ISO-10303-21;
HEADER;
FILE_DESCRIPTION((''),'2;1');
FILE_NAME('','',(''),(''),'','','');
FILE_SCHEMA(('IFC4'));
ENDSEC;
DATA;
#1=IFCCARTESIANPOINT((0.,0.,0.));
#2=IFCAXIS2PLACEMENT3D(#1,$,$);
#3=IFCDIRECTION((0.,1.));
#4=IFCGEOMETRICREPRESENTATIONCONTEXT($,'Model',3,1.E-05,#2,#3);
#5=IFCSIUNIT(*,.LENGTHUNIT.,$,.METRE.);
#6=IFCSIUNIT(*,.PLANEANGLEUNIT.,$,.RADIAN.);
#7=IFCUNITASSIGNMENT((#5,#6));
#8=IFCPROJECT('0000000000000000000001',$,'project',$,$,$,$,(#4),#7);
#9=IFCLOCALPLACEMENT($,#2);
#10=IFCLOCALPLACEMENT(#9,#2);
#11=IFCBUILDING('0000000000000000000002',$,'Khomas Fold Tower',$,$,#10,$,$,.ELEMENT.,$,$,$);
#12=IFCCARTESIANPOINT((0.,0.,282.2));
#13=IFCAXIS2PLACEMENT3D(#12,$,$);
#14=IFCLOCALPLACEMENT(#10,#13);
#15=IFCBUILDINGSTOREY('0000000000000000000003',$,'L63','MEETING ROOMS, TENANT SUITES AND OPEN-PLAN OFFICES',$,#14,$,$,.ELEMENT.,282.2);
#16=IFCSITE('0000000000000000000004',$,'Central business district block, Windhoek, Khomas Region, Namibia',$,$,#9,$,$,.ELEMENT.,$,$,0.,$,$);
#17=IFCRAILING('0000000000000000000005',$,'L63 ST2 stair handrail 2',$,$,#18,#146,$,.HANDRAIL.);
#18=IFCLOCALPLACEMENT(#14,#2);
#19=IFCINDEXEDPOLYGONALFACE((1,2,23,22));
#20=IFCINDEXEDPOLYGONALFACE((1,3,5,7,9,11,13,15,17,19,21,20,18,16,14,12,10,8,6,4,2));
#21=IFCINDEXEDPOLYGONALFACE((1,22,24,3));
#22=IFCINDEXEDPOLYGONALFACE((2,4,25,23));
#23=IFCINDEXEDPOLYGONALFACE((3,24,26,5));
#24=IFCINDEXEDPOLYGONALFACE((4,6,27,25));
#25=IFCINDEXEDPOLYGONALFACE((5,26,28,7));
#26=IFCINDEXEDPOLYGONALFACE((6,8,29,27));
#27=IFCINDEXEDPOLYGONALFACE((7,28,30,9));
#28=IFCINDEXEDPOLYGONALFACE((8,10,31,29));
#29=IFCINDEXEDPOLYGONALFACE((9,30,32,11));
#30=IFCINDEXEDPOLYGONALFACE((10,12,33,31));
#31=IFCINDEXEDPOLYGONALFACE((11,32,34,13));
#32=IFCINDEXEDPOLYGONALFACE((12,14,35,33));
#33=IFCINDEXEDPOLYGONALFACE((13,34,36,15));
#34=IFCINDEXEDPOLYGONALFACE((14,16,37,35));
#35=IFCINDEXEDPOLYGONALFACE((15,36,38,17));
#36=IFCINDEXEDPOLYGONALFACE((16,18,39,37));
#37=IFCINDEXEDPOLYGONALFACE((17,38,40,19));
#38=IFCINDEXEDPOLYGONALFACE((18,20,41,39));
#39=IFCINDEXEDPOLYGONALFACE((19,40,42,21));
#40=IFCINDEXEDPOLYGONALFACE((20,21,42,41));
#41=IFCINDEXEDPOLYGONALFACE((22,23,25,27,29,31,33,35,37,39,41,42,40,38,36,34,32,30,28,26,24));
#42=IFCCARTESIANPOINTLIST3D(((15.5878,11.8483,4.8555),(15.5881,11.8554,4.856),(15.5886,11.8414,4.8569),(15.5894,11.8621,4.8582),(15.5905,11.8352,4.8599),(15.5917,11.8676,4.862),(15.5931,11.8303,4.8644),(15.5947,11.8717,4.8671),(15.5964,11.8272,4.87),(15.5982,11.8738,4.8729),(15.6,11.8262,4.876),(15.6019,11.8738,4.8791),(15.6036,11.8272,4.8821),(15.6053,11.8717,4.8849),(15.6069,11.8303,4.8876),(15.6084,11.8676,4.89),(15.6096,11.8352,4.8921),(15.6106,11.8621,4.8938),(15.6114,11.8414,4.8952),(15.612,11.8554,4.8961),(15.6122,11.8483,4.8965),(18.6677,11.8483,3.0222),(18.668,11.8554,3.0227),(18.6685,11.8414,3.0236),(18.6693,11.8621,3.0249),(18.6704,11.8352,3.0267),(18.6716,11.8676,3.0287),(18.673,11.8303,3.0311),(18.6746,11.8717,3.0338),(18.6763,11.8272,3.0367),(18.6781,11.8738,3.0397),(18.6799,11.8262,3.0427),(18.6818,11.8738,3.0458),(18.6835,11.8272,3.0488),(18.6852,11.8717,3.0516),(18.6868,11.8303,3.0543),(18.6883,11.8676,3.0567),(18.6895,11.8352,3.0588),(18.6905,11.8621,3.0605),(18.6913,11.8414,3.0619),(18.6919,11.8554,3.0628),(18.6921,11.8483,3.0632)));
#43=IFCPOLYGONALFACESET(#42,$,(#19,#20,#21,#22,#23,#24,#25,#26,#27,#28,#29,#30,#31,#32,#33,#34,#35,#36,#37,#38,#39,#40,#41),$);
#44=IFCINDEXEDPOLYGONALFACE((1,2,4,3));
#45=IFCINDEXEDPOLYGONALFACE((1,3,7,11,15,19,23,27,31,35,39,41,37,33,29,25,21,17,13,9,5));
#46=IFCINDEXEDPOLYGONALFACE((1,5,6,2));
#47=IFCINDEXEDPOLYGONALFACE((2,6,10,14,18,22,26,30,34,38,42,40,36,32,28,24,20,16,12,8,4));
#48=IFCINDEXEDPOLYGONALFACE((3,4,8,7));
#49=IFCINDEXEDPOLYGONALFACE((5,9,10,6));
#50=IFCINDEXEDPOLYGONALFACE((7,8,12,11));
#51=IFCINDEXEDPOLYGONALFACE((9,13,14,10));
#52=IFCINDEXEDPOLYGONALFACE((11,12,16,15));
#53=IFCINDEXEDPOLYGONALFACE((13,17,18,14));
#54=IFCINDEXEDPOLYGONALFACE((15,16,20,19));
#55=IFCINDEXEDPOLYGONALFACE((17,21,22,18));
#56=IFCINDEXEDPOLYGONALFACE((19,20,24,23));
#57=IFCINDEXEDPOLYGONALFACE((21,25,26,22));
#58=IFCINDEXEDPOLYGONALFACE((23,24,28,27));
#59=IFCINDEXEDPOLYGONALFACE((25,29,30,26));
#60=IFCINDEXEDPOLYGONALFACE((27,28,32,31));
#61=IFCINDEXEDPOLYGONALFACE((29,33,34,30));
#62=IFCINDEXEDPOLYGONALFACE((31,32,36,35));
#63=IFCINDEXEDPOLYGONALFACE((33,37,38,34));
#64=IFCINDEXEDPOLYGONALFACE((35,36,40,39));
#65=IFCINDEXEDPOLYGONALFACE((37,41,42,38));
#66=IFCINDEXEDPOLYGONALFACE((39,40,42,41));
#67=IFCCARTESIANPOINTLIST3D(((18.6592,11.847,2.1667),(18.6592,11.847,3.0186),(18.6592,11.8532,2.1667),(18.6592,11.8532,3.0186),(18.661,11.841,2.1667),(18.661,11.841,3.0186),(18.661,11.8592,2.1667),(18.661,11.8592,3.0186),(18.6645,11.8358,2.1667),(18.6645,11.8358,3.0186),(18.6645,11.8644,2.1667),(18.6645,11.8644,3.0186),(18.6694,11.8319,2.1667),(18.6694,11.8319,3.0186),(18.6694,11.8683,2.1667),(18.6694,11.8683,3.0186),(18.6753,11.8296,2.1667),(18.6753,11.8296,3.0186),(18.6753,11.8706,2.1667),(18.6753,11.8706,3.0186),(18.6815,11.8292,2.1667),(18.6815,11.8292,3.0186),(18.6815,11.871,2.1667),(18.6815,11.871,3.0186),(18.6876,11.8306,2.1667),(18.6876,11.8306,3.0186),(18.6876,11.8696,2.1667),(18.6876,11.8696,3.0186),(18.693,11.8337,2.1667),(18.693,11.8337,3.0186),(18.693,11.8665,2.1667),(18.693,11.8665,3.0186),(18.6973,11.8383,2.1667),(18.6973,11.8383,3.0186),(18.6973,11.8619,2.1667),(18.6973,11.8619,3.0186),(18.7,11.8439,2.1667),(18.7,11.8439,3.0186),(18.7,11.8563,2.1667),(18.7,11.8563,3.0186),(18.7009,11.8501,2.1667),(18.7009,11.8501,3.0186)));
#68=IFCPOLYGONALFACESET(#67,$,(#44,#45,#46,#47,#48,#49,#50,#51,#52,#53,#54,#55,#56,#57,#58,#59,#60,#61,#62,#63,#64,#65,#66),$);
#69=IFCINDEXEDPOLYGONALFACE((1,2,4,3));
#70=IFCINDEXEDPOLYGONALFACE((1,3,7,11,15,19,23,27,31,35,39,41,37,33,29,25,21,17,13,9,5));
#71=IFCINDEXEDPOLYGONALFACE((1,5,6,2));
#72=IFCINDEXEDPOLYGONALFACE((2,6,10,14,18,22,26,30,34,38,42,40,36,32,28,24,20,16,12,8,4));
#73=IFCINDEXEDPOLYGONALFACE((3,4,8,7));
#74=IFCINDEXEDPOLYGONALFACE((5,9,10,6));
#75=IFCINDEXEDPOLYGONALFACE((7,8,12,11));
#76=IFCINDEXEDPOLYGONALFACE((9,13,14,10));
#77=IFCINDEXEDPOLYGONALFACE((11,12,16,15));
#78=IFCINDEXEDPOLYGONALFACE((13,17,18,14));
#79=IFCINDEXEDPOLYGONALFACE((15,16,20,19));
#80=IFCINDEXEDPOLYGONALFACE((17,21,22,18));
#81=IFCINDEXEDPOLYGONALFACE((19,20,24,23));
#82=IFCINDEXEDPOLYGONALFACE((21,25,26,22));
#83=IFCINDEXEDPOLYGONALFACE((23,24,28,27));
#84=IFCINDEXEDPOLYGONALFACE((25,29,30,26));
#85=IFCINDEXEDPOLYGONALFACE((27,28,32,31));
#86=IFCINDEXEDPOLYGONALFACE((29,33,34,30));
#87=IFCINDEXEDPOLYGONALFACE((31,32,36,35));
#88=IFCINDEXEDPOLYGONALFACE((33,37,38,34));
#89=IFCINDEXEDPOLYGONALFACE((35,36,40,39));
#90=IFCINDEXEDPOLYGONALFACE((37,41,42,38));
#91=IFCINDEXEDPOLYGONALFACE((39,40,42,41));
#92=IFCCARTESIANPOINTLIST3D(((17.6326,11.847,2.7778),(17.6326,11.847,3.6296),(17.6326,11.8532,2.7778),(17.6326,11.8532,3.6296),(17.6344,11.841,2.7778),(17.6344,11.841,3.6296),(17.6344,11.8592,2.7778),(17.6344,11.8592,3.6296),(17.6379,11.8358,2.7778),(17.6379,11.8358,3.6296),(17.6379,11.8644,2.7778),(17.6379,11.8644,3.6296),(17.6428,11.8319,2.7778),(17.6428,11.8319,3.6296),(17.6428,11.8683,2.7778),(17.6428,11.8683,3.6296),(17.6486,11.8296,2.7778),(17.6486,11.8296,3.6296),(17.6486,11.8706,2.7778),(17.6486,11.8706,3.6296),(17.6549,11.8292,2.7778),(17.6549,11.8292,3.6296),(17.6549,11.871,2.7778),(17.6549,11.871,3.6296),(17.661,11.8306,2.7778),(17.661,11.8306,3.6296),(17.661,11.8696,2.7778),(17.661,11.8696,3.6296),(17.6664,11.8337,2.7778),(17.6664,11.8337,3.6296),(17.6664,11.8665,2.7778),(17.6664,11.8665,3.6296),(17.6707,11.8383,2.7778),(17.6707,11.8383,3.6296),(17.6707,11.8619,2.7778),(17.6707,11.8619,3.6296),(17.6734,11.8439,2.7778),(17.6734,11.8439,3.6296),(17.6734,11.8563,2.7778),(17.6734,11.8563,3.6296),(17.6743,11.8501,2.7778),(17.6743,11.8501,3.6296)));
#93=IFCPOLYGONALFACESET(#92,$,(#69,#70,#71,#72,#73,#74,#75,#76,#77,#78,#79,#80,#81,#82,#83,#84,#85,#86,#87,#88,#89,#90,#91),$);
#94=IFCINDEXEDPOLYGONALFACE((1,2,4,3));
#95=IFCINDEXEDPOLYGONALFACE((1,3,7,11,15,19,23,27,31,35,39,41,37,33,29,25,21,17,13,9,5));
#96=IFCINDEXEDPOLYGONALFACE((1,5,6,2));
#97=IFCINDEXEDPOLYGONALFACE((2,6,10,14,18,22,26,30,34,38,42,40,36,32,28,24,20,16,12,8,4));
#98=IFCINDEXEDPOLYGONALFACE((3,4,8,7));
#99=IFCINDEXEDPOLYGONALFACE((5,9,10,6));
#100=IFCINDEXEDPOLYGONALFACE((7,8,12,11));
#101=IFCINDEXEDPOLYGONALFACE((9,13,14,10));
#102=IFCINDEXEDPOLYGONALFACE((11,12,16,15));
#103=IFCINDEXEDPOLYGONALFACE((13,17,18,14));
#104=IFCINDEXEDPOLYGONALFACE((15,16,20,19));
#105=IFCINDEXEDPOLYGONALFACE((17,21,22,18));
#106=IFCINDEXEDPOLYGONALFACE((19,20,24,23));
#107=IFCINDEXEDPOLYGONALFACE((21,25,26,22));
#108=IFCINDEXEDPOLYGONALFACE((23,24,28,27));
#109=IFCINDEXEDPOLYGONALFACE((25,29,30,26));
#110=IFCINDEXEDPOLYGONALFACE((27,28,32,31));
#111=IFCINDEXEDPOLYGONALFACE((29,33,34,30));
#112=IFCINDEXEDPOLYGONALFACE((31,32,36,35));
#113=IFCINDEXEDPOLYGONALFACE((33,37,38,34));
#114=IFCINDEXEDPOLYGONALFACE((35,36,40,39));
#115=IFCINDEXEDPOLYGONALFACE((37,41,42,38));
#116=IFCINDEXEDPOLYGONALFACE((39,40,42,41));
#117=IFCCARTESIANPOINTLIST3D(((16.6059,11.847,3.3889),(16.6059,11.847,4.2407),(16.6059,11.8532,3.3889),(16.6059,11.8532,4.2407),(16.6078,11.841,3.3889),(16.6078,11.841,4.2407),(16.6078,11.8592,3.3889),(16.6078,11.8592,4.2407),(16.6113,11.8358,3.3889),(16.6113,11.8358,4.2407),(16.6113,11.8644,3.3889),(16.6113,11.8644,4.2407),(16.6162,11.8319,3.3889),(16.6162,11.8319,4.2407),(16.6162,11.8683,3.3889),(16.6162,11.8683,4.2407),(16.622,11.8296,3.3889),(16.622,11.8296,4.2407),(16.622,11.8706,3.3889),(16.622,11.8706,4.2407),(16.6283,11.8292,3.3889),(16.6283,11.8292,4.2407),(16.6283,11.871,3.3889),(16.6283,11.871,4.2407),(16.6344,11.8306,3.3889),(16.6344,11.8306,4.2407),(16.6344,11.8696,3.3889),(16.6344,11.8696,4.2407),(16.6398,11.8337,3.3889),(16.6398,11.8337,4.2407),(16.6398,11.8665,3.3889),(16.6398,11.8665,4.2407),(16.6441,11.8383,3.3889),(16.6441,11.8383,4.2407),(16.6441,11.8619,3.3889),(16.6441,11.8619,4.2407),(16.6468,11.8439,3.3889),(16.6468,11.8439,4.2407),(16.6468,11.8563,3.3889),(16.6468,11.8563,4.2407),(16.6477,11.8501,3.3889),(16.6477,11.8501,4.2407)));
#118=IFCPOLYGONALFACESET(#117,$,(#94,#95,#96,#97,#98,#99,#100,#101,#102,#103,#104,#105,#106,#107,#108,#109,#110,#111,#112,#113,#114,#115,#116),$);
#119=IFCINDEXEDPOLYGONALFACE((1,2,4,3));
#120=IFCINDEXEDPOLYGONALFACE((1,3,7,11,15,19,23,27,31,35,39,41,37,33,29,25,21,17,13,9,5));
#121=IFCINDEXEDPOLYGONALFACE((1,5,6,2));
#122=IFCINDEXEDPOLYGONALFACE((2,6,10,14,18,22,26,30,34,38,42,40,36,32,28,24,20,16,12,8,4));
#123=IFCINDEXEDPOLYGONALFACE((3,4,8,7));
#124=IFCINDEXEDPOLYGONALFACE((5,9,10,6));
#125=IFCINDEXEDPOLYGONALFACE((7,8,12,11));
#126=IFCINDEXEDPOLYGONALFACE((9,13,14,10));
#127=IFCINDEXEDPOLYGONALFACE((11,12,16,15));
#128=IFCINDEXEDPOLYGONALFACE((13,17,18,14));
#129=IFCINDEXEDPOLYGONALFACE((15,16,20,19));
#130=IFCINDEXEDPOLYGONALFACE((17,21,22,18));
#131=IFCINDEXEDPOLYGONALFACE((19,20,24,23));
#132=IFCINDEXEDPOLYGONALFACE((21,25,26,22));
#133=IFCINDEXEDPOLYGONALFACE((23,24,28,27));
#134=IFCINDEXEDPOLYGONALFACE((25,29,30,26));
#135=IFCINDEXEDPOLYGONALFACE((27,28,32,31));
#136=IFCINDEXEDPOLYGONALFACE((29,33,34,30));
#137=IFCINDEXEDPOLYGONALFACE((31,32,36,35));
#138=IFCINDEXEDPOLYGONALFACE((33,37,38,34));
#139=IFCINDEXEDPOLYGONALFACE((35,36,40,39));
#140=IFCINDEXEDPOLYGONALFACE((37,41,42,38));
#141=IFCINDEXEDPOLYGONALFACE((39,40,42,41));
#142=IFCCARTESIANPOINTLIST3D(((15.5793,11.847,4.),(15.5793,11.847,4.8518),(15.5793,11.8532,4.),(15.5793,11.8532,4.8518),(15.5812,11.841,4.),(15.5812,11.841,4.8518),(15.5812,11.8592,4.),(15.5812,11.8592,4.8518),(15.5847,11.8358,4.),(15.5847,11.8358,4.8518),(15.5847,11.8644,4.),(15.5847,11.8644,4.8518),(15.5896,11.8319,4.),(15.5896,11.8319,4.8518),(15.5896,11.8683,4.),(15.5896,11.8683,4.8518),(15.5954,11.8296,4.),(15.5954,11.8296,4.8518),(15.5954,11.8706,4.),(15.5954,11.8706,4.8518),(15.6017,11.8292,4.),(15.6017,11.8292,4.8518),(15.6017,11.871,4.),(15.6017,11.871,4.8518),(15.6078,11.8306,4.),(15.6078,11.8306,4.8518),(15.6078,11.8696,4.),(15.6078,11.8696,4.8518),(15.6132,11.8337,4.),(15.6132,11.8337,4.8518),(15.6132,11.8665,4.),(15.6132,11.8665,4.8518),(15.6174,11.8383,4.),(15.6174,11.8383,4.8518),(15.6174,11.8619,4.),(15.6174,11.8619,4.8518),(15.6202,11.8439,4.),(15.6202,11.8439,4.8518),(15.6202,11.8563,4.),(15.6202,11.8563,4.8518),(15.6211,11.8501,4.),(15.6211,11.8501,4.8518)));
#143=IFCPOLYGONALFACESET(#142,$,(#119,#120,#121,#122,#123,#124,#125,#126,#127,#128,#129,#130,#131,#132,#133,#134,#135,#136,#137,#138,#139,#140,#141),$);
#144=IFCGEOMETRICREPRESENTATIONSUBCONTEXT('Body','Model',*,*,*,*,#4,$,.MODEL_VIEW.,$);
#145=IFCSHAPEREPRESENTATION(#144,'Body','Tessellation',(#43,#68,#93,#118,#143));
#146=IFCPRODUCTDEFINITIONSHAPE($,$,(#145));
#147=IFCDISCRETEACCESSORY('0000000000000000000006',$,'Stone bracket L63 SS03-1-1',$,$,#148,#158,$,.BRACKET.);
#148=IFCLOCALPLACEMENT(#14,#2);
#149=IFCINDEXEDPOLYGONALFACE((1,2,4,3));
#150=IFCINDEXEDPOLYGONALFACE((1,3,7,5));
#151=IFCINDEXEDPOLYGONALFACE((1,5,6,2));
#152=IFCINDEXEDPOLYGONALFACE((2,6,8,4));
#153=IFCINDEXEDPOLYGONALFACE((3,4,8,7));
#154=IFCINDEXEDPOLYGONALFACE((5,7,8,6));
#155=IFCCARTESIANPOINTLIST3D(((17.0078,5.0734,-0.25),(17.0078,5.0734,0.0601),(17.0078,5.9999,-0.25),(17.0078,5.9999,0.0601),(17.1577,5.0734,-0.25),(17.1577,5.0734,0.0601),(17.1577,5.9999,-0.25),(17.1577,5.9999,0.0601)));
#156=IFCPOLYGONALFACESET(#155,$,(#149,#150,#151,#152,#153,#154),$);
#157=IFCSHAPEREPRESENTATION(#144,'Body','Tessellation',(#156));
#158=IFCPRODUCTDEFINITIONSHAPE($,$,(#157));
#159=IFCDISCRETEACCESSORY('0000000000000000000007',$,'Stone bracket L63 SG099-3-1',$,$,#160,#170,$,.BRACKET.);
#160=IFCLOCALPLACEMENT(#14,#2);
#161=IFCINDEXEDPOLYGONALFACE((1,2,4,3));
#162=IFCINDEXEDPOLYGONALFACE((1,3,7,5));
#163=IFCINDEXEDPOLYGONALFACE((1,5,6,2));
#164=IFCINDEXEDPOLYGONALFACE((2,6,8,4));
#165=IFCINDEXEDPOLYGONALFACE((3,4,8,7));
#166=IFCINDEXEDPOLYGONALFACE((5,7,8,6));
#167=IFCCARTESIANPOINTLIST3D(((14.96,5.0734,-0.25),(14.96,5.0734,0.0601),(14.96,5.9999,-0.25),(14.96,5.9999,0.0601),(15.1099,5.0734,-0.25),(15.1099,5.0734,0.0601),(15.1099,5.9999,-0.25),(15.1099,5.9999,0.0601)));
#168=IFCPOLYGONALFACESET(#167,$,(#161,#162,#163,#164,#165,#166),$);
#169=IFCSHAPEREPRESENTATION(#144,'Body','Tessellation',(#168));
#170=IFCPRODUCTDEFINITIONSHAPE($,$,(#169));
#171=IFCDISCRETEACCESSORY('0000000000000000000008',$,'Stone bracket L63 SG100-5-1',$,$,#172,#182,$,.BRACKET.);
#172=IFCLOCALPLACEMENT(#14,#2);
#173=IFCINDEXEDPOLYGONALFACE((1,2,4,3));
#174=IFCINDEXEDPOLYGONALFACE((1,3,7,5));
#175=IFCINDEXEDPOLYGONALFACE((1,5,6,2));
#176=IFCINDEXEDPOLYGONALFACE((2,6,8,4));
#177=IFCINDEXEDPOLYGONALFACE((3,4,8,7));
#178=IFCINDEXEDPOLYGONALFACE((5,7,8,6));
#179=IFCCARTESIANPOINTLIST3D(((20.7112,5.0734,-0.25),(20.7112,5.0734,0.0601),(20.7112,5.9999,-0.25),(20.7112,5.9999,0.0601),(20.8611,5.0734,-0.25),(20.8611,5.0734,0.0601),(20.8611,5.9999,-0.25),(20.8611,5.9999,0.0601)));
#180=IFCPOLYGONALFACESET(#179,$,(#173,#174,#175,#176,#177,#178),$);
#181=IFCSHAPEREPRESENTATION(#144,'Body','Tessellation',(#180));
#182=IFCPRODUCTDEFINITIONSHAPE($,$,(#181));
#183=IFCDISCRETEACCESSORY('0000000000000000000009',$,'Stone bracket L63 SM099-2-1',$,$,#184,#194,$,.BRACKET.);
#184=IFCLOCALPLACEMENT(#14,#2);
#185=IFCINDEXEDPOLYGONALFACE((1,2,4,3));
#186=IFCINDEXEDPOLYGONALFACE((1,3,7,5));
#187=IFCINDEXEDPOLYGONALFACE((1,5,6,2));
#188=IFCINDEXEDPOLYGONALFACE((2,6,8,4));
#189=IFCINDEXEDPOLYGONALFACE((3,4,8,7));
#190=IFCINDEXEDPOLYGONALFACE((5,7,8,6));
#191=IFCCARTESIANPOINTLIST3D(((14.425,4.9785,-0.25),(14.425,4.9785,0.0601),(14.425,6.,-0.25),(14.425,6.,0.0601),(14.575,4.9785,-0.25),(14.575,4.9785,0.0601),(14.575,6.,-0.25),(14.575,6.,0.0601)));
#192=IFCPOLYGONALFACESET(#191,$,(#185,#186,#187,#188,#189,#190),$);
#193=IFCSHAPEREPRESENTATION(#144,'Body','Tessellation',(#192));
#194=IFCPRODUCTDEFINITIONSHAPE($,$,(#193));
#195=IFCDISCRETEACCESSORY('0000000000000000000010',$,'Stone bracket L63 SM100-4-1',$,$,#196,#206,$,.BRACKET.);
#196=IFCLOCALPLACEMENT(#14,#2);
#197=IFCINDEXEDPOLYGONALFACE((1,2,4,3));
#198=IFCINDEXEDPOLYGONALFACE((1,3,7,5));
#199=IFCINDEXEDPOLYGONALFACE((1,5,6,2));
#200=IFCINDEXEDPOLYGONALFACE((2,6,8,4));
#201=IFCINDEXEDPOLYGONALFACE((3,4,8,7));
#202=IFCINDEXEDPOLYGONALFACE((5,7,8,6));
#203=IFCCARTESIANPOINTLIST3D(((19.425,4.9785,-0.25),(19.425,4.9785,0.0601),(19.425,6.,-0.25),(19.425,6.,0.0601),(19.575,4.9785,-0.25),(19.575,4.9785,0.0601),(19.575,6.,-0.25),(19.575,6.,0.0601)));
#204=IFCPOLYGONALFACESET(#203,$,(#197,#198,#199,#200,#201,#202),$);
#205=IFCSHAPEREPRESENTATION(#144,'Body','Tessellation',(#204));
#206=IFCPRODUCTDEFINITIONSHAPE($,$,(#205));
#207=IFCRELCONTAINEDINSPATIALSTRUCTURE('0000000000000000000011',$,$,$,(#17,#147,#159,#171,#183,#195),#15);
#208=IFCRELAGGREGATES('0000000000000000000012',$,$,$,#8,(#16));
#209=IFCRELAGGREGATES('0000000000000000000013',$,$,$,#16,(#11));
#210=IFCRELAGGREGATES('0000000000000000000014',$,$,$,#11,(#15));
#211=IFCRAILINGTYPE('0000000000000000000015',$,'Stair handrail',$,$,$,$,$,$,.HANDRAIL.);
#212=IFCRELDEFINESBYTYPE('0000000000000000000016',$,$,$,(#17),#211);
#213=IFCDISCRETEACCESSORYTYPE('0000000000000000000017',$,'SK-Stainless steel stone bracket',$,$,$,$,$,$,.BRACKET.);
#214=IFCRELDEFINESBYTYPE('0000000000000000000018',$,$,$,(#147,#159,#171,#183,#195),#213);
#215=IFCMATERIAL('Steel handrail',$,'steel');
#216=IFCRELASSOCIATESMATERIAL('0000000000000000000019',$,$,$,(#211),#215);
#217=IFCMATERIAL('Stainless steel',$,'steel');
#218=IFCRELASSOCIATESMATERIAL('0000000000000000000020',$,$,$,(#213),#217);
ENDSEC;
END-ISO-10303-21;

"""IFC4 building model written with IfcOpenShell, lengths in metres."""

from ifc_helpers import new_model, si_unit, direction, frame, origin, origin_2d, place, context, subcontext, project, spatial, rectangle, circle, extrude, source, transform, mapped, material, type_object, element, save


model = new_model("IFC4")

# Units and contexts
model_context = context("Model", 3, precision=1e-05, world=origin(), true_north=direction((0.0, 1.0)))
body_context = subcontext(model_context, "Body", "Model", "MODEL_VIEW")
ifc_project = project(units=[si_unit("LENGTHUNIT", "METRE"), si_unit("PLANEANGLEUNIT", "RADIAN")], contexts=[model_context])

# Site, building, storey
site_placement = place(None, origin())
site = spatial("IfcSite", under=ifc_project, at=site_placement, Name="Central business district block, Windhoek, Khomas Region, Namibia", CompositionType="ELEMENT", RefElevation=0.0)
building_placement = place(site_placement, origin())
building = spatial("IfcBuilding", under=site, at=building_placement, Name="Khomas Fold Tower", CompositionType="ELEMENT")
storey_placement = place(building_placement, frame((0.0, 0.0, 282.2)))
storey = spatial("IfcBuildingStorey", under=building, at=storey_placement, Name="L63", Description="MEETING ROOMS, TENANT SUITES AND OPEN-PLAN OFFICES", CompositionType="ELEMENT", Elevation=282.2)

# Railing
ifc_material_1 = material(Name="Steel handrail", Category="steel")
railing_type_1 = type_object("IfcRailingType", Name="Stair handrail", PredefinedType="HANDRAIL", material=ifc_material_1)
shared_shape_1 = source(origin(), body_context, "Body", "SweptSolid", [
    extrude(circle(Radius=0.0239, at=origin_2d()), frame((0.0, 0.0, 0.876), z_axis=(-0.859291, 0.0, 0.511487), x_axis=(0.0, -1.0, 0.0)), (0.0, 0.0, 1.0), 3.5842),
    extrude(circle(Radius=0.021, at=origin_2d()), origin(), (0.0, 0.0, 1.0), 0.8518),
    extrude(circle(Radius=0.021, at=origin_2d()), frame((-1.0266, 0.0, 0.6111)), (0.0, 0.0, 1.0), 0.8518),
    extrude(circle(Radius=0.021, at=origin_2d()), frame((-2.0532, 0.0, 1.2222)), (0.0, 0.0, 1.0), 0.8518),
    extrude(circle(Radius=0.021, at=origin_2d()), frame((-3.0798, 0.0, 1.8333)), (0.0, 0.0, 1.0), 0.8518),
])
railing_1_placement = place(storey_placement, frame((18.6799, 11.8501, 2.1667)))
element("IfcRailing", 1, at=railing_1_placement, inside=storey, type_object=railing_type_1, Name="L63 ST2 stair handrail 2", PredefinedType="HANDRAIL", context=body_context, shape_type="MappedRepresentation", body=[
    mapped(shared_shape_1, transform((0.0, 0.0, 0.0))),
])

# Discrete accessories
ifc_material_2 = material(Name="Stainless steel", Category="steel")
discrete_accessory_type = type_object("IfcDiscreteAccessoryType", Name="SK-Stainless steel stone bracket", PredefinedType="BRACKET", material=ifc_material_2)
shared_shape_2 = source(origin(), body_context, "Body", "SweptSolid", [
    extrude(rectangle(XDim=0.9265, YDim=0.1499, at=origin_2d()), origin(), (0.0, 0.0, 1.0), 0.3101),
])
for number, where, z_axis, x_axis, name in (
    (2, (17.0828, 5.5366, -0.25), (0.0, 0.0, 1.0), (0.0, -1.0, 0.0), "Stone bracket L63 SS03-1-1"),
    (3, (15.0349, 5.5366, -0.25), (0.0, 0.0, 1.0), (0.0, -1.0, 0.0), "Stone bracket L63 SG099-3-1"),
    (4, (20.7861, 5.5366, -0.25), (0.0, 0.0, 1.0), (0.0, -1.0, 0.0), "Stone bracket L63 SG100-5-1"),
):
    element("IfcDiscreteAccessory", number, at=place(storey_placement, frame(where, z_axis=z_axis, x_axis=x_axis)), inside=storey, type_object=discrete_accessory_type, Name=name, PredefinedType="BRACKET", context=body_context, shape_type="MappedRepresentation", body=[
        mapped(shared_shape_2, transform((0.0, 0.0, 0.0))),
    ])
shared_shape_3 = source(origin(), body_context, "Body", "SweptSolid", [
    extrude(rectangle(XDim=1.0215, YDim=0.1499, at=origin_2d()), origin(), (0.0, 0.0, 1.0), 0.3101),
])
for number, where, z_axis, x_axis, name in (
    (5, (14.5, 5.4893, -0.25), (0.0, 0.0, 1.0), (0.0, -1.0, 0.0), "Stone bracket L63 SM099-2-1"),
    (6, (19.5, 5.4893, -0.25), (0.0, 0.0, 1.0), (0.0, -1.0, 0.0), "Stone bracket L63 SM100-4-1"),
):
    element("IfcDiscreteAccessory", number, at=place(storey_placement, frame(where, z_axis=z_axis, x_axis=x_axis)), inside=storey, type_object=discrete_accessory_type, Name=name, PredefinedType="BRACKET", context=body_context, shape_type="MappedRepresentation", body=[
        mapped(shared_shape_3, transform((0.0, 0.0, 0.0))),
    ])

save(model, "model.ifc")
